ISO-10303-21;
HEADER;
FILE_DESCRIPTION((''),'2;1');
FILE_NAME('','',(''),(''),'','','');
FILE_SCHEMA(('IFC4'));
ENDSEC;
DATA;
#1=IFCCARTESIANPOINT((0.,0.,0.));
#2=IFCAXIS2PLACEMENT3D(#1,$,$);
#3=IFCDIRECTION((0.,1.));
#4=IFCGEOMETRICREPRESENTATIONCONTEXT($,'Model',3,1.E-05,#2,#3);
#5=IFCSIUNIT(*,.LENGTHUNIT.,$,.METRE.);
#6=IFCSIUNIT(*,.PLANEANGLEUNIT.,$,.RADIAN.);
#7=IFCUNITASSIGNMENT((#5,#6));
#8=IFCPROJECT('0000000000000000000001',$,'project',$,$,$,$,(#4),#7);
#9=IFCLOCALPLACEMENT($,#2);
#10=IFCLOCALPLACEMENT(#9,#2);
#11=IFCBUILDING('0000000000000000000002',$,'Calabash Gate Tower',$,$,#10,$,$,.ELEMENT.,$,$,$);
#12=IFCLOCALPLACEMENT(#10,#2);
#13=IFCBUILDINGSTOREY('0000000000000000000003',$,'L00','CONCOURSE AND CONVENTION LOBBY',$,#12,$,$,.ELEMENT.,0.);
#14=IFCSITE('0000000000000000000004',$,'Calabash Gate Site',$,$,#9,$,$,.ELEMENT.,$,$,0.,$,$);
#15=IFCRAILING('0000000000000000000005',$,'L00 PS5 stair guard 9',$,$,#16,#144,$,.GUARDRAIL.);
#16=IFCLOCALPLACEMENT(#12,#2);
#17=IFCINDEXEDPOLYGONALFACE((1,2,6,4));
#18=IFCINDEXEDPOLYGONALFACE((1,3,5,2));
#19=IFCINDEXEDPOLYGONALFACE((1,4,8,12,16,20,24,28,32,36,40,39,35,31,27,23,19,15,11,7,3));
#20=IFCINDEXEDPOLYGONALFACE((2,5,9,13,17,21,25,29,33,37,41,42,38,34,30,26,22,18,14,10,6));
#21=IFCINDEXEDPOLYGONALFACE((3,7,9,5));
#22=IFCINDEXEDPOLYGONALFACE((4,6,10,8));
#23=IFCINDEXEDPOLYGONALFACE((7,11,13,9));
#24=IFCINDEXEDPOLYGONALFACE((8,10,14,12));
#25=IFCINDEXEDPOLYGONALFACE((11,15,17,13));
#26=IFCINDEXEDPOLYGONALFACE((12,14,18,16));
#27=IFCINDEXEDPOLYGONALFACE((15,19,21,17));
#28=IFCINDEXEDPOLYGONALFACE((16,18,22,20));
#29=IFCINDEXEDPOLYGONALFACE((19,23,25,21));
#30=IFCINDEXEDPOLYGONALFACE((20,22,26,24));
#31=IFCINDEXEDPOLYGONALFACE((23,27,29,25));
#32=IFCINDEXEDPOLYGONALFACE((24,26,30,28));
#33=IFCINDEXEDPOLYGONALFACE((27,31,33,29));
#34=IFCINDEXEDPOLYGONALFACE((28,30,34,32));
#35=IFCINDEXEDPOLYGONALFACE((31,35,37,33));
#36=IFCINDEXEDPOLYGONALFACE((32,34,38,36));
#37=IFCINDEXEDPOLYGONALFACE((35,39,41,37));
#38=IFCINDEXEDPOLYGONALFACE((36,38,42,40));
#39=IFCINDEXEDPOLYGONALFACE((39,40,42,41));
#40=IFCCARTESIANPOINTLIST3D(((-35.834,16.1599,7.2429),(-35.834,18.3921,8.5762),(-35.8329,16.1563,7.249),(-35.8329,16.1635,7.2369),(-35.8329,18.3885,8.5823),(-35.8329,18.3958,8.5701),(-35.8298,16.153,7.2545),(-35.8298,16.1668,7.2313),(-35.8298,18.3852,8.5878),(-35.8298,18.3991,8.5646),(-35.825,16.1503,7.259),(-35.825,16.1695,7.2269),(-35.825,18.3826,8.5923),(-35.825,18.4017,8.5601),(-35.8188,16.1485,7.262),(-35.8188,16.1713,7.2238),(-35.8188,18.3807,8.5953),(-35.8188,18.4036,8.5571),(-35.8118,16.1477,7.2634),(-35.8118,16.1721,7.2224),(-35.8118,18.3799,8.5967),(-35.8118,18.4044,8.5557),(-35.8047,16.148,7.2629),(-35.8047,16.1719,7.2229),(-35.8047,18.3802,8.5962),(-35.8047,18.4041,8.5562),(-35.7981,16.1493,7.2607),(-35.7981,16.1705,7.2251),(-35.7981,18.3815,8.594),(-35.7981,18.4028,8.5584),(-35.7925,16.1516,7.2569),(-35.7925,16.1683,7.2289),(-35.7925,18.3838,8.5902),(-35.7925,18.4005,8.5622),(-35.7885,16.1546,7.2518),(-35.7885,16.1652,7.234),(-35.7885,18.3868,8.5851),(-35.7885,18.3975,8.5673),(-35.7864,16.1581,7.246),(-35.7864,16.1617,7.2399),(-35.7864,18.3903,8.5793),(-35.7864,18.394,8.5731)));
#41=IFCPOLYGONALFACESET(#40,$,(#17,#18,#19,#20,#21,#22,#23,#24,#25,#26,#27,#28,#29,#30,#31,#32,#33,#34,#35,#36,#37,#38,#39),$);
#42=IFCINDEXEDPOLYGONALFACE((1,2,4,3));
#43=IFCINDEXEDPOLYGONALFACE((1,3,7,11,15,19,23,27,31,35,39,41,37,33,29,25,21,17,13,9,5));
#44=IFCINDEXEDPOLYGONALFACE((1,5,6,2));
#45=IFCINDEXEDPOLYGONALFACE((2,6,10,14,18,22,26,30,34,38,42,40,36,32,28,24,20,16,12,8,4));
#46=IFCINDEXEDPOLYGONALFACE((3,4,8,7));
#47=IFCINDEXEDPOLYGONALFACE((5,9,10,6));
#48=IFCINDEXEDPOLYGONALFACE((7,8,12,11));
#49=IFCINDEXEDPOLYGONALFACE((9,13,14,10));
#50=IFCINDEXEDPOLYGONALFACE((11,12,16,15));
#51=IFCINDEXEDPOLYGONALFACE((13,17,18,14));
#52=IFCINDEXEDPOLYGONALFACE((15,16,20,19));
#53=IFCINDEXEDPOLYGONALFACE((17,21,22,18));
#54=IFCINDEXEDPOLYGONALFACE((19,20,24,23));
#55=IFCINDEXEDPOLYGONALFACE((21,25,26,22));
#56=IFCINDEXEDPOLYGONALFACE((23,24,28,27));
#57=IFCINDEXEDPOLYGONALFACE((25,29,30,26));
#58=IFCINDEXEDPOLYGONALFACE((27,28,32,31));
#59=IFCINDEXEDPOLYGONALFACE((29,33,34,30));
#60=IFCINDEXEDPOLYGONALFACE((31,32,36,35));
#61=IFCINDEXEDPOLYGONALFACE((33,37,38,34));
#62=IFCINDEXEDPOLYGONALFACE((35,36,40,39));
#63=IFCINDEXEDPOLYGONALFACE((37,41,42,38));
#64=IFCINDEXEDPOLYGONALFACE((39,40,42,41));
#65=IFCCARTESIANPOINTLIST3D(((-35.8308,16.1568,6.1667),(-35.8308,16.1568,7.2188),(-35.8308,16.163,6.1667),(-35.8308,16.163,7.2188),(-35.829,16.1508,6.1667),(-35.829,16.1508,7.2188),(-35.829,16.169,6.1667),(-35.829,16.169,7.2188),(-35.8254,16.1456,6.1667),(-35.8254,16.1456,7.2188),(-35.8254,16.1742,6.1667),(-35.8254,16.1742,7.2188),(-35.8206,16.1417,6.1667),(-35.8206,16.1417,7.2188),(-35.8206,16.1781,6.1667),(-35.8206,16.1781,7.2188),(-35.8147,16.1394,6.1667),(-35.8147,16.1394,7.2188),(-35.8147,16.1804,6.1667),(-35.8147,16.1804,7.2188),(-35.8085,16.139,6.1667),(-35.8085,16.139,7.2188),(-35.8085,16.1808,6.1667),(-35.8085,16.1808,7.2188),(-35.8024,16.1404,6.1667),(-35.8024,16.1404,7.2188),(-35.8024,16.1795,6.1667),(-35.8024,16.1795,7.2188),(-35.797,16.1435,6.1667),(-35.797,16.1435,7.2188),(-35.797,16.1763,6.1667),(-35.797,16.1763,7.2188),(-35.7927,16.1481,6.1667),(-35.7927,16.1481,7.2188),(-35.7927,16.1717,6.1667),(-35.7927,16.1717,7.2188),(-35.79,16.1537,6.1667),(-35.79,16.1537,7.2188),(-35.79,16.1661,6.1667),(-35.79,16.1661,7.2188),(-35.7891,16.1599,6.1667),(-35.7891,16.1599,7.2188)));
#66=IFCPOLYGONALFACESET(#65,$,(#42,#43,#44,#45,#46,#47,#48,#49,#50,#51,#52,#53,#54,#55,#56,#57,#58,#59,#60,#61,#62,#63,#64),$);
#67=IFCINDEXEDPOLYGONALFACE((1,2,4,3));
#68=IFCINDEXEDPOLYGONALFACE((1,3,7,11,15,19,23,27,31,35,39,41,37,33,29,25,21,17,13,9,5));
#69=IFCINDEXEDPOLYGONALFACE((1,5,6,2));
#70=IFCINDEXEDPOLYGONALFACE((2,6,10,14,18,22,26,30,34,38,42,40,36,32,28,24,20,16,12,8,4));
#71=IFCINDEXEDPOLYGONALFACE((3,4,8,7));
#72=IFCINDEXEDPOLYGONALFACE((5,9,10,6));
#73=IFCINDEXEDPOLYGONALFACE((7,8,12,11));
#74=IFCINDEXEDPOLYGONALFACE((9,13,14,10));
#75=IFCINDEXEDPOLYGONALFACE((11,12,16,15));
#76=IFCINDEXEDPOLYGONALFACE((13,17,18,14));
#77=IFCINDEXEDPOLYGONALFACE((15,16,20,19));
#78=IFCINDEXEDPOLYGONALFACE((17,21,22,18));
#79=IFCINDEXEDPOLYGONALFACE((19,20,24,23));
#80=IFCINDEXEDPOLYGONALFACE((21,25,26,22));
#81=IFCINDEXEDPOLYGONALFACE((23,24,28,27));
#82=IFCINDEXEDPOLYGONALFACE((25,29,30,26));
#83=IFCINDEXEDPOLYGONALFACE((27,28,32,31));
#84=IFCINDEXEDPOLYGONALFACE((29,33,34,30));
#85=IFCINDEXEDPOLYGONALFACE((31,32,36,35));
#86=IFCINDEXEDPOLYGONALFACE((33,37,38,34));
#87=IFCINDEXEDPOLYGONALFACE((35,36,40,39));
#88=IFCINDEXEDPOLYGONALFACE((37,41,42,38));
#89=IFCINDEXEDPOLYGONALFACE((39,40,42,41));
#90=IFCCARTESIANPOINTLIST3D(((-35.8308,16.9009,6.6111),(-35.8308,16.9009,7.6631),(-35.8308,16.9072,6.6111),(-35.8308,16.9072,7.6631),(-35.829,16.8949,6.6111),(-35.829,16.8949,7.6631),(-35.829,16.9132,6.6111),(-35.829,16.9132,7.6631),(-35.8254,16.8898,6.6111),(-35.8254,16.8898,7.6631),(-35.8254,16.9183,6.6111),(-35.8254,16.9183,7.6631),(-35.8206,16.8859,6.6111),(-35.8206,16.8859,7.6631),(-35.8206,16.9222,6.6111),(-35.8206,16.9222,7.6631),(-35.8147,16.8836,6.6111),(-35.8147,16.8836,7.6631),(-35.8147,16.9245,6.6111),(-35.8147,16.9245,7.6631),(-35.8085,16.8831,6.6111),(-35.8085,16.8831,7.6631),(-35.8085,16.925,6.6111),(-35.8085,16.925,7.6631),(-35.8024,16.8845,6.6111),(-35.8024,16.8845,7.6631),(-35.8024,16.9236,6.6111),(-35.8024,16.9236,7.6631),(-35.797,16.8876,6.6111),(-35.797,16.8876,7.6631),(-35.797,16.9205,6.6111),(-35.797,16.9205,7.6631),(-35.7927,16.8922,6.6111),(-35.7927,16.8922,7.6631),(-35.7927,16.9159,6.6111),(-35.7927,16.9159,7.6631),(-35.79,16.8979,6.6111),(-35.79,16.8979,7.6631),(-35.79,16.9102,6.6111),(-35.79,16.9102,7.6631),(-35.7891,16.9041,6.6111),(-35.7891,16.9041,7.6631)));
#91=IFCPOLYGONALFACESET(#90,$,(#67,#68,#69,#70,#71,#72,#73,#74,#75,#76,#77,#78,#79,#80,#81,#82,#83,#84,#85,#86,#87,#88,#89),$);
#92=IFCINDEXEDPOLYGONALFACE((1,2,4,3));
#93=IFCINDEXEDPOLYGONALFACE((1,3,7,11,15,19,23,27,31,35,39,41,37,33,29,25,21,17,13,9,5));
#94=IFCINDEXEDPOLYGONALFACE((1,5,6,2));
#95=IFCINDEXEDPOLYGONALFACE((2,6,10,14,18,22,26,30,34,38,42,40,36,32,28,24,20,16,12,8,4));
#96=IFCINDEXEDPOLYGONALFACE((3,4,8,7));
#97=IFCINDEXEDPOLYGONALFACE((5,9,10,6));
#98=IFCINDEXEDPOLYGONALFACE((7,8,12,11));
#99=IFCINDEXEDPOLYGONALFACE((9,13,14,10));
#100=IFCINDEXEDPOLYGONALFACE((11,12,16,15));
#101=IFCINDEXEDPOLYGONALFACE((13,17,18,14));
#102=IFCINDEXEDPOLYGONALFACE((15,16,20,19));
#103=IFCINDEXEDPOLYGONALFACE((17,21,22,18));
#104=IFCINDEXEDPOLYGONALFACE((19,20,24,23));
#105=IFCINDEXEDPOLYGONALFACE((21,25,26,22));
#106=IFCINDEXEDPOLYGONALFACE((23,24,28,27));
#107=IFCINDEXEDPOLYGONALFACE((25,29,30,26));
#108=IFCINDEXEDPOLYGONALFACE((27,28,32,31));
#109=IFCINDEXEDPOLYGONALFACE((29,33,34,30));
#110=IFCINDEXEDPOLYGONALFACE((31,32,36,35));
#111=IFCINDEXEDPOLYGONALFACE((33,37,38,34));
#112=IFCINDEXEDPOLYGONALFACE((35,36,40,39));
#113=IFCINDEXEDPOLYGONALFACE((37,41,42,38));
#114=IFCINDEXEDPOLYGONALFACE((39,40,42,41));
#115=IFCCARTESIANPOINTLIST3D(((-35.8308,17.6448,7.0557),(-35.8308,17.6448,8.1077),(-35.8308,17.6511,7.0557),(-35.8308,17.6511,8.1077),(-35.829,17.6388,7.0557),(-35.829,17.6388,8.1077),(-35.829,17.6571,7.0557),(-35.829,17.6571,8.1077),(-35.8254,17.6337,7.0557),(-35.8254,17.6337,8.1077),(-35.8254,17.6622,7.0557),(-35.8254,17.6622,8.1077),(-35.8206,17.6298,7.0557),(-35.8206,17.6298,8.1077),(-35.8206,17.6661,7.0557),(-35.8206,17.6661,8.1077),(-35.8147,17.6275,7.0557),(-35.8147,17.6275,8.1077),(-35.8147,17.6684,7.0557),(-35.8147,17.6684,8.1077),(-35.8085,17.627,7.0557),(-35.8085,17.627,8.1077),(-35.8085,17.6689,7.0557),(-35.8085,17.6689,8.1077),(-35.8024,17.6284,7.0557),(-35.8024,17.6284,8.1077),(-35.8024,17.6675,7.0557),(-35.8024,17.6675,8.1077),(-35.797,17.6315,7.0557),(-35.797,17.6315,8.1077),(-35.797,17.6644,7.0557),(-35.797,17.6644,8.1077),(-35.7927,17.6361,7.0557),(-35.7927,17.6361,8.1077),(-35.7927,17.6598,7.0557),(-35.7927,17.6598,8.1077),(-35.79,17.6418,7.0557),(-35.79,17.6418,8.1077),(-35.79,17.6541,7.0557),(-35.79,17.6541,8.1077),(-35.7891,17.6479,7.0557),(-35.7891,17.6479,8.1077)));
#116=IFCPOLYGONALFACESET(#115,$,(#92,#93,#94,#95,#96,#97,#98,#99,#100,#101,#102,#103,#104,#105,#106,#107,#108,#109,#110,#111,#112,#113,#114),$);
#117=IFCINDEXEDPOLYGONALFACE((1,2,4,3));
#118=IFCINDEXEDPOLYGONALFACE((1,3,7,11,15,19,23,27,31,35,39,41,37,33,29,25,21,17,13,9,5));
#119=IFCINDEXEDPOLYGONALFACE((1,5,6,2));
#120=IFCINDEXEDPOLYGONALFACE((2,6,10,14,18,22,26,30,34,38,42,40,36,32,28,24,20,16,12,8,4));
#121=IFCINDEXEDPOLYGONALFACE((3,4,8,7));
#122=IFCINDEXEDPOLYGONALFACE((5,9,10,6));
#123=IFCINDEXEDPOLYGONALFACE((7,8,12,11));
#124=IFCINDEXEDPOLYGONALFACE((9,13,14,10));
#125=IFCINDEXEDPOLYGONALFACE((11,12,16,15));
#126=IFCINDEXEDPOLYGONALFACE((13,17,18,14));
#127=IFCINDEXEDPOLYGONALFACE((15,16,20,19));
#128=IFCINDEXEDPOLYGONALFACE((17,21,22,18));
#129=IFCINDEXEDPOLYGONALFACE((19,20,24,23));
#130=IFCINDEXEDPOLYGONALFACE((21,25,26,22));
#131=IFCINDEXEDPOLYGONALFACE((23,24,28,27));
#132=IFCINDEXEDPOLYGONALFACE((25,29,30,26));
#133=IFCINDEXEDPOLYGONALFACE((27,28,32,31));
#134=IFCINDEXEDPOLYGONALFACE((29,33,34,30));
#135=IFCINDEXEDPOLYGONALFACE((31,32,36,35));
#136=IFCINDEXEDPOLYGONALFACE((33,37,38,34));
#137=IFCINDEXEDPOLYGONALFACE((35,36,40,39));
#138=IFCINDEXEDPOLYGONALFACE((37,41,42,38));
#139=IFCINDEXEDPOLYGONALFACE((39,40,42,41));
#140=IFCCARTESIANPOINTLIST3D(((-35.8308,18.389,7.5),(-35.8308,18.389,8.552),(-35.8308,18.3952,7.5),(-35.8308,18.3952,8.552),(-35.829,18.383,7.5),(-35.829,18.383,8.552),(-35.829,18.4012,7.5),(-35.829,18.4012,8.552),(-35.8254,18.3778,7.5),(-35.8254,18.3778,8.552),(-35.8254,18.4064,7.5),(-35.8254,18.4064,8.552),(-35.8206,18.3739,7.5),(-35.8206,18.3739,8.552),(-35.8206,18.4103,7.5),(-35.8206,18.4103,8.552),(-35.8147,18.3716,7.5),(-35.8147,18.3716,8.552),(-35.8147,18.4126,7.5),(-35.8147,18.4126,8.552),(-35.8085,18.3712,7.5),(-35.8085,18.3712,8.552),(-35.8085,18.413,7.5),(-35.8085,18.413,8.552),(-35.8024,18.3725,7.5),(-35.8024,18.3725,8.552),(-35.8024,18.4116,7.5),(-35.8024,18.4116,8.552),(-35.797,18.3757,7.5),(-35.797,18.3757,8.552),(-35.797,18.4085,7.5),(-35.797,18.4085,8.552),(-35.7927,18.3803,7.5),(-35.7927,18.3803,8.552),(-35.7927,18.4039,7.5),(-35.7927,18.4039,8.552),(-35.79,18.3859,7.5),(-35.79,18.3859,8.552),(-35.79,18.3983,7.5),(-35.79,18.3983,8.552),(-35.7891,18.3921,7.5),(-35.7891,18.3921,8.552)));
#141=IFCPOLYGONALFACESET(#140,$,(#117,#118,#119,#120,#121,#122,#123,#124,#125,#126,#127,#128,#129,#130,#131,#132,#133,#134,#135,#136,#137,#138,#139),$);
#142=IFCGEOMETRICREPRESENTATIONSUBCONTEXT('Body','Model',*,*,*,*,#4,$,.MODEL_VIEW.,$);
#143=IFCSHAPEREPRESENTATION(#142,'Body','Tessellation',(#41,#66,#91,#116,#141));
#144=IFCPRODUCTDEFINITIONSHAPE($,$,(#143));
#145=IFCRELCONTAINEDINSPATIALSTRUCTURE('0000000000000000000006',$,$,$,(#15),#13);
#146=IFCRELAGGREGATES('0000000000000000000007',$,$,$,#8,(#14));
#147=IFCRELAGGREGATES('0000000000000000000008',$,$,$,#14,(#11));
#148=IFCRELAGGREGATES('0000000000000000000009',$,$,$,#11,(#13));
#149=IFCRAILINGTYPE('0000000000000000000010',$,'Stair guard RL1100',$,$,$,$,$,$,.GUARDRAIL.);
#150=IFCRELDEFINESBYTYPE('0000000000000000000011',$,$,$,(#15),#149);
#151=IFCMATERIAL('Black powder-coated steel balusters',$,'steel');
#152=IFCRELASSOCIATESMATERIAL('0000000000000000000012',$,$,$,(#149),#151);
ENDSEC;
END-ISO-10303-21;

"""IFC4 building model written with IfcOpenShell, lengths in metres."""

from ifc_helpers import new_model, si_unit, direction, frame, origin, origin_2d, place, context, subcontext, project, spatial, circle, extrude, material, type_object, element, save


model = new_model("IFC4")

# Units and contexts
model_context = context("Model", 3, precision=1e-05, world=origin(), true_north=direction((0.0, 1.0)))
body_context = subcontext(model_context, "Body", "Model", "MODEL_VIEW")
ifc_project = project(units=[si_unit("LENGTHUNIT", "METRE"), si_unit("PLANEANGLEUNIT", "RADIAN")], contexts=[model_context])

# Site, building, storey
site_placement = place(None, origin())
site = spatial("IfcSite", under=ifc_project, at=site_placement, Name="Calabash Gate Site", CompositionType="ELEMENT", RefElevation=0.0)
building_placement = place(site_placement, origin())
building = spatial("IfcBuilding", under=site, at=building_placement, Name="Calabash Gate Tower", CompositionType="ELEMENT")
storey_placement = place(building_placement, origin())
storey = spatial("IfcBuildingStorey", under=building, at=storey_placement, Name="L00", Description="CONCOURSE AND CONVENTION LOBBY", CompositionType="ELEMENT", Elevation=0.0)

# Railing
ifc_material_1 = material(Name="Black powder-coated steel balusters", Category="steel")
railing_type_1 = type_object("IfcRailingType", Name="Stair guard RL1100", PredefinedType="GUARDRAIL", material=ifc_material_1)
railing_1_placement = place(storey_placement, frame((-35.8101, 16.1599, 6.1667)))
element("IfcRailing", 1, at=railing_1_placement, inside=storey, type_object=railing_type_1, Name="L00 PS5 stair guard 9", PredefinedType="GUARDRAIL", context=body_context, shape_type="SweptSolid", body=[
    extrude(circle(Radius=0.0239, at=origin_2d()), frame((0.0, 0.0, 1.0762), z_axis=(0.0, 0.858519, 0.512782), x_axis=(-1.0, 0.0, 0.0)), (0.0, 0.0, 1.0), 2.6001),
    extrude(circle(Radius=0.021, at=origin_2d()), origin(), (0.0, 0.0, 1.0), 1.052),
    extrude(circle(Radius=0.021, at=origin_2d()), frame((0.0, 0.7441, 0.4443)), (0.0, 0.0, 1.0), 1.052),
    extrude(circle(Radius=0.021, at=origin_2d()), frame((0.0, 1.488, 0.8889)), (0.0, 0.0, 1.0), 1.052),
    extrude(circle(Radius=0.021, at=origin_2d()), frame((0.0, 2.2322, 1.3333)), (0.0, 0.0, 1.0), 1.052),
])

save(model, "model.ifc")
